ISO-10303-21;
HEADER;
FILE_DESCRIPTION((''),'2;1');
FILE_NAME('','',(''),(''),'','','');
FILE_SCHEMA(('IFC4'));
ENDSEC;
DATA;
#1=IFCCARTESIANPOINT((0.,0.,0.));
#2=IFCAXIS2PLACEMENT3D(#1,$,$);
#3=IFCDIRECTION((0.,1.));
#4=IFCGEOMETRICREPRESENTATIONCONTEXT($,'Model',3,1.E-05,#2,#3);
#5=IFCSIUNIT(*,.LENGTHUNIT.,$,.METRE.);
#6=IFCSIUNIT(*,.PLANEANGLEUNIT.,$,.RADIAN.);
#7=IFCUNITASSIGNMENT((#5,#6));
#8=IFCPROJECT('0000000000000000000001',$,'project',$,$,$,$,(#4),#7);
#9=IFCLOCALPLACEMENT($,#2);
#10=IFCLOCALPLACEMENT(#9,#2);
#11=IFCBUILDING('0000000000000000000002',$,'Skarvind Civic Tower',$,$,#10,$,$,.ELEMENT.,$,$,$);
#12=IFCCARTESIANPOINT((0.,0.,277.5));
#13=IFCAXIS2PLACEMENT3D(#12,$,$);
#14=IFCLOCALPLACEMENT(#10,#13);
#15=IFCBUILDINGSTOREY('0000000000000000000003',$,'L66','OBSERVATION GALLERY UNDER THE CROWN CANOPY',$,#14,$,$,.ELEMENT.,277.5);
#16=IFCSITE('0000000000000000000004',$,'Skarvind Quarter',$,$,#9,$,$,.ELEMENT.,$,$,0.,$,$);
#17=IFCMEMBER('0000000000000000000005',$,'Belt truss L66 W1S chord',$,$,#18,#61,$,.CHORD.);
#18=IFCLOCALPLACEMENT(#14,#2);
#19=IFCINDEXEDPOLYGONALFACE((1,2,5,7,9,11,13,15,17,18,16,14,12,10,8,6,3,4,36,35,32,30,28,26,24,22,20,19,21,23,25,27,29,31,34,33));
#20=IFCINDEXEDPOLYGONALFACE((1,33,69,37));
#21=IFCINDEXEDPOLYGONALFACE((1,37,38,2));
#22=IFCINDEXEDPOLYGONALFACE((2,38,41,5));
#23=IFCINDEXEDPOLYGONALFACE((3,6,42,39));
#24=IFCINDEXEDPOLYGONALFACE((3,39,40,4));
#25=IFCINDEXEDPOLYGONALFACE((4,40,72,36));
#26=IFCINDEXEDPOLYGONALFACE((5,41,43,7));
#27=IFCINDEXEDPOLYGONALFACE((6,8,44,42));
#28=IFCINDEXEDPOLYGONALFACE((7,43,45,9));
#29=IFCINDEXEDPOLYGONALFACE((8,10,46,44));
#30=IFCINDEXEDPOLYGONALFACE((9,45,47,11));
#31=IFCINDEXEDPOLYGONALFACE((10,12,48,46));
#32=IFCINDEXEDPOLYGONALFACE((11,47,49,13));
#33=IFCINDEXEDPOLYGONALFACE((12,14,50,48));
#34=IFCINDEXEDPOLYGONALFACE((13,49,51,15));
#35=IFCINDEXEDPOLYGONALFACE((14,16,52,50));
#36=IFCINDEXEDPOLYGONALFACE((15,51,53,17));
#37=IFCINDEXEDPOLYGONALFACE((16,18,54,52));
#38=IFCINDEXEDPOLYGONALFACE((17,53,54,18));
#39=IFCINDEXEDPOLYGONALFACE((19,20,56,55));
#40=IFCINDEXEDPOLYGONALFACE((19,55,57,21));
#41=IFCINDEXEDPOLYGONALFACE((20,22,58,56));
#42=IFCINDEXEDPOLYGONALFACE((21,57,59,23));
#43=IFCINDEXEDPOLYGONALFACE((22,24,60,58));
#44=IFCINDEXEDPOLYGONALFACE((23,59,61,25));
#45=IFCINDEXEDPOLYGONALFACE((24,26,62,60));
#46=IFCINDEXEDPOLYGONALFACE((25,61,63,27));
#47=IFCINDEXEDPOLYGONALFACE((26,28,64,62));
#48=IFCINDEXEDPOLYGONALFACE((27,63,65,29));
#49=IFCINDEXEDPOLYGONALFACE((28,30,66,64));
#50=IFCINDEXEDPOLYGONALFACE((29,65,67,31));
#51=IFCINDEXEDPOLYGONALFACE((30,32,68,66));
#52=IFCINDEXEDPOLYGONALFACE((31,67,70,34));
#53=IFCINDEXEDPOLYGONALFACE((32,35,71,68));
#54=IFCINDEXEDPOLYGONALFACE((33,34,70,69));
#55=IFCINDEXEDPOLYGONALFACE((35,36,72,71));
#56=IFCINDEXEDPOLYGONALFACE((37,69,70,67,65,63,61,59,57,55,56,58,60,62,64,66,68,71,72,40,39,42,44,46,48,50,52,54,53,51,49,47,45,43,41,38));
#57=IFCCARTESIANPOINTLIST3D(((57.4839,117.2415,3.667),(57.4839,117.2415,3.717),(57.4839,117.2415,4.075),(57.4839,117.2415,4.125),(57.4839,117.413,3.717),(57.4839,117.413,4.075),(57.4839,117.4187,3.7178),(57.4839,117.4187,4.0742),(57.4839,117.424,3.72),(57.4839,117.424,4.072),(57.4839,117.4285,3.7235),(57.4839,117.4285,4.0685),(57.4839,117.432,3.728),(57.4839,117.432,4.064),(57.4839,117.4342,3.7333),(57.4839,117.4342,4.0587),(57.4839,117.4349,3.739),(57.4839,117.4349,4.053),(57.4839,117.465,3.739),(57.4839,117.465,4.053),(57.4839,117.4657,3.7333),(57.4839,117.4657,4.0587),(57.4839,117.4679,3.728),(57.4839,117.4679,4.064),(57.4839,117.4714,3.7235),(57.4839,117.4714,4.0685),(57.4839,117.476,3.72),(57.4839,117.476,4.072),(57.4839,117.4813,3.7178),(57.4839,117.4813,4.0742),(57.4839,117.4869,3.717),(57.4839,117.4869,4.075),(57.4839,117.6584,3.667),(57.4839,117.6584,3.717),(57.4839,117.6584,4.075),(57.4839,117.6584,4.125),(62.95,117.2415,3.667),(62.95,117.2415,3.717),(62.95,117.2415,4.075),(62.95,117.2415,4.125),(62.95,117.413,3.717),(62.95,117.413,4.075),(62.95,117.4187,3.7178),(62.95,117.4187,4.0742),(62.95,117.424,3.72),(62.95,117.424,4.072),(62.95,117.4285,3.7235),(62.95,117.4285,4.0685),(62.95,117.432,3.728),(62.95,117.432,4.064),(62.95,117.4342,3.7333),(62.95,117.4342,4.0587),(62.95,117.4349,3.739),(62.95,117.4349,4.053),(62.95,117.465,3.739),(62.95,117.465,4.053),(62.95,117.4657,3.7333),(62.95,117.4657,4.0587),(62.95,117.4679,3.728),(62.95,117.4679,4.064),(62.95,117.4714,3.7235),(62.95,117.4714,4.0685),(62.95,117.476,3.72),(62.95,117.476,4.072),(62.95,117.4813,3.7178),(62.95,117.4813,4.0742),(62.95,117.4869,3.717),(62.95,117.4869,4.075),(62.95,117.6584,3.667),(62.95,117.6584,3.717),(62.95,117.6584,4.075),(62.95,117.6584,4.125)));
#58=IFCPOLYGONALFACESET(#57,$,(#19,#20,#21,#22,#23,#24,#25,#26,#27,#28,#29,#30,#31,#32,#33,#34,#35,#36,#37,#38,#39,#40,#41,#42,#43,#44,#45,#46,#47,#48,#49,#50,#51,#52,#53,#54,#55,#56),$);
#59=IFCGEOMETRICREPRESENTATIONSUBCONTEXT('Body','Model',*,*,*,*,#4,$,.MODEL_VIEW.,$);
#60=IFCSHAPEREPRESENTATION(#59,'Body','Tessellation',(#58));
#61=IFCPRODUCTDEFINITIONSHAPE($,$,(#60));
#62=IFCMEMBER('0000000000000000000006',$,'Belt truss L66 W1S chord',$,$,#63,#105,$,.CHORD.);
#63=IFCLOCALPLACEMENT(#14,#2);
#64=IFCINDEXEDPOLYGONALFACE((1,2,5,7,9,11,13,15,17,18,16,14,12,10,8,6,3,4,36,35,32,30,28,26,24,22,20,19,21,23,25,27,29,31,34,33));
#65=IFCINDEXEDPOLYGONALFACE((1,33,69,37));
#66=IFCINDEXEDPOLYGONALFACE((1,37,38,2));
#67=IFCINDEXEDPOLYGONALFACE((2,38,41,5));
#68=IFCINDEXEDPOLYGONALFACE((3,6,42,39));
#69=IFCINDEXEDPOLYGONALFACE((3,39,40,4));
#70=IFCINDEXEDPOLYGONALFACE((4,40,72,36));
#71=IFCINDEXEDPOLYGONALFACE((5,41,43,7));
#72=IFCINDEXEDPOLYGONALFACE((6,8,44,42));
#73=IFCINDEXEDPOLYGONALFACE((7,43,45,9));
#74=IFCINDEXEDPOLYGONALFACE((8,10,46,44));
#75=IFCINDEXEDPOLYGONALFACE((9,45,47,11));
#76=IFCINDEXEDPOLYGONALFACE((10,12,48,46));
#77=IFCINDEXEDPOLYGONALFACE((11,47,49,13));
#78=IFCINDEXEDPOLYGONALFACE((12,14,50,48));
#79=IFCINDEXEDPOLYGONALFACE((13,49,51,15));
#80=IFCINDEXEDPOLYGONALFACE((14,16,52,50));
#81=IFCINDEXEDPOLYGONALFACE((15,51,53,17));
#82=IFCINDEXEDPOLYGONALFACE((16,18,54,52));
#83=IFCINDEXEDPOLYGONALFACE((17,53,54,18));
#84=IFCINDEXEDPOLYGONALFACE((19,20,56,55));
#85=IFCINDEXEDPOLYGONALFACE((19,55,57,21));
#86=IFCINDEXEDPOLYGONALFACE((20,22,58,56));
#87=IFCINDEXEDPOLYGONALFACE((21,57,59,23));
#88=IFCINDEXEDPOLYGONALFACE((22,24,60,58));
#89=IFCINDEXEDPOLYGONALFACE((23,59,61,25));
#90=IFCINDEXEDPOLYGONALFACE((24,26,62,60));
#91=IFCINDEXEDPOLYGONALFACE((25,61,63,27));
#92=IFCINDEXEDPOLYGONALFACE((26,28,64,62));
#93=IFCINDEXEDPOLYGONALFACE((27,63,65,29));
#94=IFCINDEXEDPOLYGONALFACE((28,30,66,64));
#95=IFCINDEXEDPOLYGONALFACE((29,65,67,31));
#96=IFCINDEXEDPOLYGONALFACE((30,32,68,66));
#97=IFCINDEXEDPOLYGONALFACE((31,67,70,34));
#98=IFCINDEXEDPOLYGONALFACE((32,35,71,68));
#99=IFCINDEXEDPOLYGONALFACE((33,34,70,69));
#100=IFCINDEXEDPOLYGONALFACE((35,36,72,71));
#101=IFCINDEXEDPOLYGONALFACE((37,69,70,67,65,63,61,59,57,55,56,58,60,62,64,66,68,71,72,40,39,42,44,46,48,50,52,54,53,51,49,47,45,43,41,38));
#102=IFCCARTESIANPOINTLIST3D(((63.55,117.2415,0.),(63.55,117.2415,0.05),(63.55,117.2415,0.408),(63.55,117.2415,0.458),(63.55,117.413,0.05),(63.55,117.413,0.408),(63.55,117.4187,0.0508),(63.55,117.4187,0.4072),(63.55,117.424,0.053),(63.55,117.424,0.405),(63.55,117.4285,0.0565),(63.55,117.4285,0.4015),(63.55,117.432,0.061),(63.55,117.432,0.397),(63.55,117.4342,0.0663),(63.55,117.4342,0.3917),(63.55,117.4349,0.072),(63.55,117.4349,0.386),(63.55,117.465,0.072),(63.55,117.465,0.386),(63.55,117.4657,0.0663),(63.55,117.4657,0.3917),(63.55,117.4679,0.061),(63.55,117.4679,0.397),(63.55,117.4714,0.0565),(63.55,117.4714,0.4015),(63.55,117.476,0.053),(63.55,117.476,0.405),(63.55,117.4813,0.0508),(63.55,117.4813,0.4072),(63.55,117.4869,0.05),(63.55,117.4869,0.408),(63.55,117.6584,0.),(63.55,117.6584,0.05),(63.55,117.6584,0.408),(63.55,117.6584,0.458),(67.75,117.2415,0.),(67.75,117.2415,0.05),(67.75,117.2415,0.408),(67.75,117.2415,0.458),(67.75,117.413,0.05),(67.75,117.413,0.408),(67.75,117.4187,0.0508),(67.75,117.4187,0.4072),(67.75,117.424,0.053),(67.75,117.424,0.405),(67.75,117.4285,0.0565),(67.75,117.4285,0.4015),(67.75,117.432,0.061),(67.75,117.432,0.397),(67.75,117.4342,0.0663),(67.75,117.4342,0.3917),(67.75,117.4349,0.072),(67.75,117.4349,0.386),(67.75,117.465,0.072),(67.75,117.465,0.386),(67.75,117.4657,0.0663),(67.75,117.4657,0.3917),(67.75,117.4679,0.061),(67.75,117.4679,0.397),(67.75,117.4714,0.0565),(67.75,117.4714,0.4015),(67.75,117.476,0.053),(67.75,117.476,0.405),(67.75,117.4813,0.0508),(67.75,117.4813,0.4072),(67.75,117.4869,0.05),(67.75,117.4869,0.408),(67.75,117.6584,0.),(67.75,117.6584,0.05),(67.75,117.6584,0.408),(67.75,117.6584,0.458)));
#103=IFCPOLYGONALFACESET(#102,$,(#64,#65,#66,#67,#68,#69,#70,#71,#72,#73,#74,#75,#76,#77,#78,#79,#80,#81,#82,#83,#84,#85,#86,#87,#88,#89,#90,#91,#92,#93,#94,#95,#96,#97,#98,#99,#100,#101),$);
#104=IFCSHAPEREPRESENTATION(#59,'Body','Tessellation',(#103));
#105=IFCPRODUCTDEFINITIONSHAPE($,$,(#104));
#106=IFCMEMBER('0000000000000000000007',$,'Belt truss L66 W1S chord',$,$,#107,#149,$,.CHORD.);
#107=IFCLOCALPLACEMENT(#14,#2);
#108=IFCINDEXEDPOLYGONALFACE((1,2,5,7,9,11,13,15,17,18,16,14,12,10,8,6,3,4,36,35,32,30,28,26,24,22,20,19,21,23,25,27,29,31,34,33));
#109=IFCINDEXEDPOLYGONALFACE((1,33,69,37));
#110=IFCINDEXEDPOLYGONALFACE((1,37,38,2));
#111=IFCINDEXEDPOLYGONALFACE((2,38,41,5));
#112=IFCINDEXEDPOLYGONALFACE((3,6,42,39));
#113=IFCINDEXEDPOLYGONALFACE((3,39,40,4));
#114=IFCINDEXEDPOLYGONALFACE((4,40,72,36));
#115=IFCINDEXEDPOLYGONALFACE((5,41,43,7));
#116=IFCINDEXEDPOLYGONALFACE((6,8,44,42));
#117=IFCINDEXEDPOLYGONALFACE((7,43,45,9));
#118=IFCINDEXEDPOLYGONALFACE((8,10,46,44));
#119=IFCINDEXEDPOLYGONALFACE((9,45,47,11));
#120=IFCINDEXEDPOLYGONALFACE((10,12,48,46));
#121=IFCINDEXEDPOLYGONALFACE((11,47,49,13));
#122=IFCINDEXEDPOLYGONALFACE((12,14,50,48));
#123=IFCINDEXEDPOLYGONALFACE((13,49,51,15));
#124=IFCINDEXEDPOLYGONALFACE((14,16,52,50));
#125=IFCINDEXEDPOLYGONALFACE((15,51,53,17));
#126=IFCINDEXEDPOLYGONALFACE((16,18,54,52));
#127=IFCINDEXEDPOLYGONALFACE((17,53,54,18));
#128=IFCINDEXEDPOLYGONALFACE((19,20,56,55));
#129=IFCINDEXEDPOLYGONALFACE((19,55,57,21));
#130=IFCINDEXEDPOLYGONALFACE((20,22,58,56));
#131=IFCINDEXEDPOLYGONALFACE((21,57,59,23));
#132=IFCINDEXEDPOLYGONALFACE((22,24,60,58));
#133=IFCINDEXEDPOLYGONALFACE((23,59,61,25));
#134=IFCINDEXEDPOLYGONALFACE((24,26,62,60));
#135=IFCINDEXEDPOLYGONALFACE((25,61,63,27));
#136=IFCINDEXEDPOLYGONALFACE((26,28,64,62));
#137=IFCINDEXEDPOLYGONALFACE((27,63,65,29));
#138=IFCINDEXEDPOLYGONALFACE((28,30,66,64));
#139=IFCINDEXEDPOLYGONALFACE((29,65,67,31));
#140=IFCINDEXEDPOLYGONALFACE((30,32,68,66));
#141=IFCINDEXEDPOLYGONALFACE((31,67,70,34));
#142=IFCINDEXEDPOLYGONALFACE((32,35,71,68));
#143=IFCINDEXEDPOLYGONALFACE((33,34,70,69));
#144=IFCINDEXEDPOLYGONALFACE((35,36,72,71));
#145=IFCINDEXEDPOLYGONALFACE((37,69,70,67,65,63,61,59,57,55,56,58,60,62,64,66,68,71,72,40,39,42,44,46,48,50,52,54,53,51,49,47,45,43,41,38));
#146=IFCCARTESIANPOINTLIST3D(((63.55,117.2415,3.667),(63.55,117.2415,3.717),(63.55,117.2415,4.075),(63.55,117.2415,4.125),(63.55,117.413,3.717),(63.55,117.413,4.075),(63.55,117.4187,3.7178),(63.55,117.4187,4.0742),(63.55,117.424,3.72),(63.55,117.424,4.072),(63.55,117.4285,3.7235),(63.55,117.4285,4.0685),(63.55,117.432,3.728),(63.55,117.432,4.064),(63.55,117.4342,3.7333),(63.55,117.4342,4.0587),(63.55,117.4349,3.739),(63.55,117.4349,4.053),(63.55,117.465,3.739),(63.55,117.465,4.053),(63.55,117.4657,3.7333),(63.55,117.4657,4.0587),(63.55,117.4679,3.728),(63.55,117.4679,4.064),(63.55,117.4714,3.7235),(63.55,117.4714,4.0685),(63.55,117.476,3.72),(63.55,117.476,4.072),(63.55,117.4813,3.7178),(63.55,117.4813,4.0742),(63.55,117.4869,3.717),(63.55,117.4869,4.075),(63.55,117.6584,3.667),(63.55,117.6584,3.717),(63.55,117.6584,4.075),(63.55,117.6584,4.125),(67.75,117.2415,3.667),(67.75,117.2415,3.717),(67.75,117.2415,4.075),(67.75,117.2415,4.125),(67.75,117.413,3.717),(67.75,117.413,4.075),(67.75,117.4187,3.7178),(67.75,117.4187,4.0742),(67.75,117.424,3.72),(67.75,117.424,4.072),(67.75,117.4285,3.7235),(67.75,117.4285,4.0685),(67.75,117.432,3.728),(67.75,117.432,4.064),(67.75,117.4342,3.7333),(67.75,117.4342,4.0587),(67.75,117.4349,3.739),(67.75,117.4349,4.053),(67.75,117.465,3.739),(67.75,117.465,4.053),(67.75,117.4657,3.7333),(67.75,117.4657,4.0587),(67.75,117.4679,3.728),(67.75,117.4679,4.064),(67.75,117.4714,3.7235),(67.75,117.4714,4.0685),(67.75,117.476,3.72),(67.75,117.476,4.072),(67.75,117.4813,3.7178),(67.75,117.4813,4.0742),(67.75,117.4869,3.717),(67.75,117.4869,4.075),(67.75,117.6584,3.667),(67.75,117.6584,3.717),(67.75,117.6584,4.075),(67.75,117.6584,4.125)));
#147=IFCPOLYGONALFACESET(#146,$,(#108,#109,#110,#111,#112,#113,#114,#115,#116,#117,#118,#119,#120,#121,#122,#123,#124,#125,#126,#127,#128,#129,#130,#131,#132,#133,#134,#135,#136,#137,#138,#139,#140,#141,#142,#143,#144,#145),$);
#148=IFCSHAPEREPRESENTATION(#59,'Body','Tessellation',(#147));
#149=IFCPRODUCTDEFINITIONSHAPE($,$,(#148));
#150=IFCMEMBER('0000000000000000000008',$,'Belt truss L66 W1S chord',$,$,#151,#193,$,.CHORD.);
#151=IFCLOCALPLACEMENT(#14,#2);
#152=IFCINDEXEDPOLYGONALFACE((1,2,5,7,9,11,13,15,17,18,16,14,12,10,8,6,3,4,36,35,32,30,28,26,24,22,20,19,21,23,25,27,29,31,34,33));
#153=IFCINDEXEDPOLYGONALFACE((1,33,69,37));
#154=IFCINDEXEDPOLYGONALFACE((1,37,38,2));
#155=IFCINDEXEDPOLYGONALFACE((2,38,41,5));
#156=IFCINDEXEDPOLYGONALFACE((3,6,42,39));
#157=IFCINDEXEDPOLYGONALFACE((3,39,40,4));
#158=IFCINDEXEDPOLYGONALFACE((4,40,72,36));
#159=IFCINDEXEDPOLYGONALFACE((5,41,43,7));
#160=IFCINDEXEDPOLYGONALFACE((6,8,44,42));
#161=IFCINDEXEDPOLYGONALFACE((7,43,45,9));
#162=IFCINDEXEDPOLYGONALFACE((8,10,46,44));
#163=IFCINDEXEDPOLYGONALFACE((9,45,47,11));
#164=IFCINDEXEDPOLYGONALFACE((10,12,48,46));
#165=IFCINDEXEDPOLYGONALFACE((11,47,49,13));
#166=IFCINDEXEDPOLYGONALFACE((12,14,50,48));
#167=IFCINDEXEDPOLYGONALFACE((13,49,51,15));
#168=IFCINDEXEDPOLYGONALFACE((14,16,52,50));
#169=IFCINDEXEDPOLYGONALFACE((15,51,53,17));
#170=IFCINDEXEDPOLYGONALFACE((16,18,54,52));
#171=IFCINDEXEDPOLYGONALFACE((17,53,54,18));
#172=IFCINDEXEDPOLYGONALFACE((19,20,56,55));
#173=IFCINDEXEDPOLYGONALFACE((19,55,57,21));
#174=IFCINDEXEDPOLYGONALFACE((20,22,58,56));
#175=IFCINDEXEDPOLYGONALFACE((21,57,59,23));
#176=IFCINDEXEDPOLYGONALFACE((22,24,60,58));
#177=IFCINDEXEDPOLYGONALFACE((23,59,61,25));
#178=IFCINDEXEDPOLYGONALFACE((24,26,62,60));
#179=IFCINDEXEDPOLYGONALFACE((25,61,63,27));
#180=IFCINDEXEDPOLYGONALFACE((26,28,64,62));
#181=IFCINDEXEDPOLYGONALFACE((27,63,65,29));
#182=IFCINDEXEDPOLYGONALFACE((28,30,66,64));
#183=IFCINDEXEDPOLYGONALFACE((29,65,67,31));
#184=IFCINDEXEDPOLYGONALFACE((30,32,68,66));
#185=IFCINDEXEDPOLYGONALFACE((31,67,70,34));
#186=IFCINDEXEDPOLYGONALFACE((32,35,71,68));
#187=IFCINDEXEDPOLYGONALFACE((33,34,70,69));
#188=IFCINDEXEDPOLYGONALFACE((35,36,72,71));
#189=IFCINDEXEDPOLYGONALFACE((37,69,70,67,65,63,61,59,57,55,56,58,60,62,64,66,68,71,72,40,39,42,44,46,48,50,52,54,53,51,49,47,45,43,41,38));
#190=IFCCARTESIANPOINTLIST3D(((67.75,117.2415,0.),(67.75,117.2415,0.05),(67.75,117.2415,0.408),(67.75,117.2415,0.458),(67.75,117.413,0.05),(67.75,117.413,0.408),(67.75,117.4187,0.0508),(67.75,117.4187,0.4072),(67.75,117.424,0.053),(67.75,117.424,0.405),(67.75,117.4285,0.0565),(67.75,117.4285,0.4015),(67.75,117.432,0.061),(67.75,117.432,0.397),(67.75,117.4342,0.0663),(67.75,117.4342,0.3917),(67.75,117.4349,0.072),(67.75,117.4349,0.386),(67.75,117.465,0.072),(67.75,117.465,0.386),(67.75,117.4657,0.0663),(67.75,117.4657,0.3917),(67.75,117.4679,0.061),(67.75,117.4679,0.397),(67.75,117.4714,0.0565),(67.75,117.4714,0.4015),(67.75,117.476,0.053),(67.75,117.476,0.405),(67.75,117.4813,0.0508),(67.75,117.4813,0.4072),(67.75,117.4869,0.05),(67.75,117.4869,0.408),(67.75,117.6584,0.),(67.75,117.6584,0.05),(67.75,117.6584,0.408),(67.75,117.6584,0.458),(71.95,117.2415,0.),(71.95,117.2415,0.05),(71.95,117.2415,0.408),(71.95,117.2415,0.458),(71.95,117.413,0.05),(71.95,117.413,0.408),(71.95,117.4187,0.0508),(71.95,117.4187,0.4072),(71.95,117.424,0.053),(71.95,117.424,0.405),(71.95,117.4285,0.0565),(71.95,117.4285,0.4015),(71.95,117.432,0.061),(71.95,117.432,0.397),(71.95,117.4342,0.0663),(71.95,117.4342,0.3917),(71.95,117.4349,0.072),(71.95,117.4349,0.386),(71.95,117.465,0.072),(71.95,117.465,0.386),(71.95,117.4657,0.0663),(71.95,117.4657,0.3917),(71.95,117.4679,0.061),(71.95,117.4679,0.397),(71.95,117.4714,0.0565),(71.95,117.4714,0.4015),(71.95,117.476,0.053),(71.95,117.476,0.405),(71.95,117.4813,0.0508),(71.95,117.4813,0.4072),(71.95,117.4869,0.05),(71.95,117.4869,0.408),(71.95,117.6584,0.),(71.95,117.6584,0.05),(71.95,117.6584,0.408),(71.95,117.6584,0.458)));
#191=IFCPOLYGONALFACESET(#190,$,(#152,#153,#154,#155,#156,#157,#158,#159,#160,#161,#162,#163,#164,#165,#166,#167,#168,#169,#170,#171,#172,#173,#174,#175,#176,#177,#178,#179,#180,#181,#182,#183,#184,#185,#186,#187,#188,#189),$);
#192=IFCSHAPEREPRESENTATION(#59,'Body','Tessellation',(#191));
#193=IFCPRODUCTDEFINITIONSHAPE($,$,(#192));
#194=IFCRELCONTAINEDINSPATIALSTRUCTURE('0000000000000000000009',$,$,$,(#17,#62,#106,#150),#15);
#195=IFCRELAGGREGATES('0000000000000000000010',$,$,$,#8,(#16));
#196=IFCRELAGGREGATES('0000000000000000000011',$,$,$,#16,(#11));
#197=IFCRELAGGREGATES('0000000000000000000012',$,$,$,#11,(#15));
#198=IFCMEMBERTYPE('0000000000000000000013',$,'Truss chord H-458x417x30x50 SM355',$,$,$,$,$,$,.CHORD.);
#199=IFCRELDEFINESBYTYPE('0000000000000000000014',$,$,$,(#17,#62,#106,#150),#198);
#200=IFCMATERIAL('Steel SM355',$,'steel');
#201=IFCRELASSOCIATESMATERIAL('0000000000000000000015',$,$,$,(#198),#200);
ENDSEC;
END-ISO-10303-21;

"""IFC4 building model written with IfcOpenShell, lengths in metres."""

from ifc_helpers import new_model, si_unit, direction, frame, origin, origin_2d, place, context, subcontext, project, spatial, i_section, extrude, material, material_profile, profile_set, type_object, element, save


model = new_model("IFC4")

# Units and contexts
model_context = context("Model", 3, precision=1e-05, world=origin(), true_north=direction((0.0, 1.0)))
body_context = subcontext(model_context, "Body", "Model", "MODEL_VIEW")
ifc_project = project(units=[si_unit("LENGTHUNIT", "METRE"), si_unit("PLANEANGLEUNIT", "RADIAN")], contexts=[model_context])

# Site, building, storey
site_placement = place(None, origin())
site = spatial("IfcSite", under=ifc_project, at=site_placement, Name="Skarvind Quarter", CompositionType="ELEMENT", RefElevation=0.0)
building_placement = place(site_placement, origin())
building = spatial("IfcBuilding", under=site, at=building_placement, Name="Skarvind Civic Tower", CompositionType="ELEMENT")
storey_placement = place(building_placement, frame((0.0, 0.0, 277.5)))
storey = spatial("IfcBuildingStorey", under=building, at=storey_placement, Name="L66", Description="OBSERVATION GALLERY UNDER THE CROWN CANOPY", CompositionType="ELEMENT", Elevation=277.5)

# Members
ifc_material_1 = material(Name="Steel SM355", Category="steel")
ifc_material_profile_1 = material_profile(ifc_material_1, i_section(OverallWidth=0.417, OverallDepth=0.458, WebThickness=0.03, FlangeThickness=0.05, FilletRadius=0.022, at=origin_2d()), Name="H-458x417x30x50")
ifc_profile_set_1 = profile_set([ifc_material_profile_1], Name="Steel SM355")
member_type_1 = type_object("IfcMemberType", Name="Truss chord H-458x417x30x50 SM355", PredefinedType="CHORD", material=ifc_profile_set_1)
for number, where, z_axis, x_axis, name in (
    (1, (57.4839, 117.45, 3.896), (1.0, 0.0, 0.0), (0.0, 1.0, 0.0), "Belt truss L66 W1S chord"),
):
    element("IfcMember", number, at=place(storey_placement, frame(where, z_axis=z_axis, x_axis=x_axis)), inside=storey, type_object=member_type_1, Name=name, PredefinedType="CHORD", context=body_context, shape_type="SweptSolid", body=[
        extrude(i_section(OverallWidth=0.417, OverallDepth=0.458, WebThickness=0.03, FlangeThickness=0.05, FilletRadius=0.022, at=origin_2d()), origin(), (0.0, 0.0, 1.0), 5.4661),
    ])
for number, where, z_axis, x_axis, name in (
    (2, (63.55, 117.45, 0.229), (1.0, 0.0, 0.0), (0.0, 1.0, 0.0), "Belt truss L66 W1S chord"),
    (3, (63.55, 117.45, 3.896), (1.0, 0.0, 0.0), (0.0, 1.0, 0.0), "Belt truss L66 W1S chord"),
    (4, (67.75, 117.45, 0.229), (1.0, 0.0, 0.0), (0.0, 1.0, 0.0), "Belt truss L66 W1S chord"),
):
    element("IfcMember", number, at=place(storey_placement, frame(where, z_axis=z_axis, x_axis=x_axis)), inside=storey, type_object=member_type_1, Name=name, PredefinedType="CHORD", context=body_context, shape_type="SweptSolid", body=[
        extrude(i_section(OverallWidth=0.417, OverallDepth=0.458, WebThickness=0.03, FlangeThickness=0.05, FilletRadius=0.022, at=origin_2d()), origin(), (0.0, 0.0, 1.0), 4.2),
    ])

save(model, "model.ifc")
